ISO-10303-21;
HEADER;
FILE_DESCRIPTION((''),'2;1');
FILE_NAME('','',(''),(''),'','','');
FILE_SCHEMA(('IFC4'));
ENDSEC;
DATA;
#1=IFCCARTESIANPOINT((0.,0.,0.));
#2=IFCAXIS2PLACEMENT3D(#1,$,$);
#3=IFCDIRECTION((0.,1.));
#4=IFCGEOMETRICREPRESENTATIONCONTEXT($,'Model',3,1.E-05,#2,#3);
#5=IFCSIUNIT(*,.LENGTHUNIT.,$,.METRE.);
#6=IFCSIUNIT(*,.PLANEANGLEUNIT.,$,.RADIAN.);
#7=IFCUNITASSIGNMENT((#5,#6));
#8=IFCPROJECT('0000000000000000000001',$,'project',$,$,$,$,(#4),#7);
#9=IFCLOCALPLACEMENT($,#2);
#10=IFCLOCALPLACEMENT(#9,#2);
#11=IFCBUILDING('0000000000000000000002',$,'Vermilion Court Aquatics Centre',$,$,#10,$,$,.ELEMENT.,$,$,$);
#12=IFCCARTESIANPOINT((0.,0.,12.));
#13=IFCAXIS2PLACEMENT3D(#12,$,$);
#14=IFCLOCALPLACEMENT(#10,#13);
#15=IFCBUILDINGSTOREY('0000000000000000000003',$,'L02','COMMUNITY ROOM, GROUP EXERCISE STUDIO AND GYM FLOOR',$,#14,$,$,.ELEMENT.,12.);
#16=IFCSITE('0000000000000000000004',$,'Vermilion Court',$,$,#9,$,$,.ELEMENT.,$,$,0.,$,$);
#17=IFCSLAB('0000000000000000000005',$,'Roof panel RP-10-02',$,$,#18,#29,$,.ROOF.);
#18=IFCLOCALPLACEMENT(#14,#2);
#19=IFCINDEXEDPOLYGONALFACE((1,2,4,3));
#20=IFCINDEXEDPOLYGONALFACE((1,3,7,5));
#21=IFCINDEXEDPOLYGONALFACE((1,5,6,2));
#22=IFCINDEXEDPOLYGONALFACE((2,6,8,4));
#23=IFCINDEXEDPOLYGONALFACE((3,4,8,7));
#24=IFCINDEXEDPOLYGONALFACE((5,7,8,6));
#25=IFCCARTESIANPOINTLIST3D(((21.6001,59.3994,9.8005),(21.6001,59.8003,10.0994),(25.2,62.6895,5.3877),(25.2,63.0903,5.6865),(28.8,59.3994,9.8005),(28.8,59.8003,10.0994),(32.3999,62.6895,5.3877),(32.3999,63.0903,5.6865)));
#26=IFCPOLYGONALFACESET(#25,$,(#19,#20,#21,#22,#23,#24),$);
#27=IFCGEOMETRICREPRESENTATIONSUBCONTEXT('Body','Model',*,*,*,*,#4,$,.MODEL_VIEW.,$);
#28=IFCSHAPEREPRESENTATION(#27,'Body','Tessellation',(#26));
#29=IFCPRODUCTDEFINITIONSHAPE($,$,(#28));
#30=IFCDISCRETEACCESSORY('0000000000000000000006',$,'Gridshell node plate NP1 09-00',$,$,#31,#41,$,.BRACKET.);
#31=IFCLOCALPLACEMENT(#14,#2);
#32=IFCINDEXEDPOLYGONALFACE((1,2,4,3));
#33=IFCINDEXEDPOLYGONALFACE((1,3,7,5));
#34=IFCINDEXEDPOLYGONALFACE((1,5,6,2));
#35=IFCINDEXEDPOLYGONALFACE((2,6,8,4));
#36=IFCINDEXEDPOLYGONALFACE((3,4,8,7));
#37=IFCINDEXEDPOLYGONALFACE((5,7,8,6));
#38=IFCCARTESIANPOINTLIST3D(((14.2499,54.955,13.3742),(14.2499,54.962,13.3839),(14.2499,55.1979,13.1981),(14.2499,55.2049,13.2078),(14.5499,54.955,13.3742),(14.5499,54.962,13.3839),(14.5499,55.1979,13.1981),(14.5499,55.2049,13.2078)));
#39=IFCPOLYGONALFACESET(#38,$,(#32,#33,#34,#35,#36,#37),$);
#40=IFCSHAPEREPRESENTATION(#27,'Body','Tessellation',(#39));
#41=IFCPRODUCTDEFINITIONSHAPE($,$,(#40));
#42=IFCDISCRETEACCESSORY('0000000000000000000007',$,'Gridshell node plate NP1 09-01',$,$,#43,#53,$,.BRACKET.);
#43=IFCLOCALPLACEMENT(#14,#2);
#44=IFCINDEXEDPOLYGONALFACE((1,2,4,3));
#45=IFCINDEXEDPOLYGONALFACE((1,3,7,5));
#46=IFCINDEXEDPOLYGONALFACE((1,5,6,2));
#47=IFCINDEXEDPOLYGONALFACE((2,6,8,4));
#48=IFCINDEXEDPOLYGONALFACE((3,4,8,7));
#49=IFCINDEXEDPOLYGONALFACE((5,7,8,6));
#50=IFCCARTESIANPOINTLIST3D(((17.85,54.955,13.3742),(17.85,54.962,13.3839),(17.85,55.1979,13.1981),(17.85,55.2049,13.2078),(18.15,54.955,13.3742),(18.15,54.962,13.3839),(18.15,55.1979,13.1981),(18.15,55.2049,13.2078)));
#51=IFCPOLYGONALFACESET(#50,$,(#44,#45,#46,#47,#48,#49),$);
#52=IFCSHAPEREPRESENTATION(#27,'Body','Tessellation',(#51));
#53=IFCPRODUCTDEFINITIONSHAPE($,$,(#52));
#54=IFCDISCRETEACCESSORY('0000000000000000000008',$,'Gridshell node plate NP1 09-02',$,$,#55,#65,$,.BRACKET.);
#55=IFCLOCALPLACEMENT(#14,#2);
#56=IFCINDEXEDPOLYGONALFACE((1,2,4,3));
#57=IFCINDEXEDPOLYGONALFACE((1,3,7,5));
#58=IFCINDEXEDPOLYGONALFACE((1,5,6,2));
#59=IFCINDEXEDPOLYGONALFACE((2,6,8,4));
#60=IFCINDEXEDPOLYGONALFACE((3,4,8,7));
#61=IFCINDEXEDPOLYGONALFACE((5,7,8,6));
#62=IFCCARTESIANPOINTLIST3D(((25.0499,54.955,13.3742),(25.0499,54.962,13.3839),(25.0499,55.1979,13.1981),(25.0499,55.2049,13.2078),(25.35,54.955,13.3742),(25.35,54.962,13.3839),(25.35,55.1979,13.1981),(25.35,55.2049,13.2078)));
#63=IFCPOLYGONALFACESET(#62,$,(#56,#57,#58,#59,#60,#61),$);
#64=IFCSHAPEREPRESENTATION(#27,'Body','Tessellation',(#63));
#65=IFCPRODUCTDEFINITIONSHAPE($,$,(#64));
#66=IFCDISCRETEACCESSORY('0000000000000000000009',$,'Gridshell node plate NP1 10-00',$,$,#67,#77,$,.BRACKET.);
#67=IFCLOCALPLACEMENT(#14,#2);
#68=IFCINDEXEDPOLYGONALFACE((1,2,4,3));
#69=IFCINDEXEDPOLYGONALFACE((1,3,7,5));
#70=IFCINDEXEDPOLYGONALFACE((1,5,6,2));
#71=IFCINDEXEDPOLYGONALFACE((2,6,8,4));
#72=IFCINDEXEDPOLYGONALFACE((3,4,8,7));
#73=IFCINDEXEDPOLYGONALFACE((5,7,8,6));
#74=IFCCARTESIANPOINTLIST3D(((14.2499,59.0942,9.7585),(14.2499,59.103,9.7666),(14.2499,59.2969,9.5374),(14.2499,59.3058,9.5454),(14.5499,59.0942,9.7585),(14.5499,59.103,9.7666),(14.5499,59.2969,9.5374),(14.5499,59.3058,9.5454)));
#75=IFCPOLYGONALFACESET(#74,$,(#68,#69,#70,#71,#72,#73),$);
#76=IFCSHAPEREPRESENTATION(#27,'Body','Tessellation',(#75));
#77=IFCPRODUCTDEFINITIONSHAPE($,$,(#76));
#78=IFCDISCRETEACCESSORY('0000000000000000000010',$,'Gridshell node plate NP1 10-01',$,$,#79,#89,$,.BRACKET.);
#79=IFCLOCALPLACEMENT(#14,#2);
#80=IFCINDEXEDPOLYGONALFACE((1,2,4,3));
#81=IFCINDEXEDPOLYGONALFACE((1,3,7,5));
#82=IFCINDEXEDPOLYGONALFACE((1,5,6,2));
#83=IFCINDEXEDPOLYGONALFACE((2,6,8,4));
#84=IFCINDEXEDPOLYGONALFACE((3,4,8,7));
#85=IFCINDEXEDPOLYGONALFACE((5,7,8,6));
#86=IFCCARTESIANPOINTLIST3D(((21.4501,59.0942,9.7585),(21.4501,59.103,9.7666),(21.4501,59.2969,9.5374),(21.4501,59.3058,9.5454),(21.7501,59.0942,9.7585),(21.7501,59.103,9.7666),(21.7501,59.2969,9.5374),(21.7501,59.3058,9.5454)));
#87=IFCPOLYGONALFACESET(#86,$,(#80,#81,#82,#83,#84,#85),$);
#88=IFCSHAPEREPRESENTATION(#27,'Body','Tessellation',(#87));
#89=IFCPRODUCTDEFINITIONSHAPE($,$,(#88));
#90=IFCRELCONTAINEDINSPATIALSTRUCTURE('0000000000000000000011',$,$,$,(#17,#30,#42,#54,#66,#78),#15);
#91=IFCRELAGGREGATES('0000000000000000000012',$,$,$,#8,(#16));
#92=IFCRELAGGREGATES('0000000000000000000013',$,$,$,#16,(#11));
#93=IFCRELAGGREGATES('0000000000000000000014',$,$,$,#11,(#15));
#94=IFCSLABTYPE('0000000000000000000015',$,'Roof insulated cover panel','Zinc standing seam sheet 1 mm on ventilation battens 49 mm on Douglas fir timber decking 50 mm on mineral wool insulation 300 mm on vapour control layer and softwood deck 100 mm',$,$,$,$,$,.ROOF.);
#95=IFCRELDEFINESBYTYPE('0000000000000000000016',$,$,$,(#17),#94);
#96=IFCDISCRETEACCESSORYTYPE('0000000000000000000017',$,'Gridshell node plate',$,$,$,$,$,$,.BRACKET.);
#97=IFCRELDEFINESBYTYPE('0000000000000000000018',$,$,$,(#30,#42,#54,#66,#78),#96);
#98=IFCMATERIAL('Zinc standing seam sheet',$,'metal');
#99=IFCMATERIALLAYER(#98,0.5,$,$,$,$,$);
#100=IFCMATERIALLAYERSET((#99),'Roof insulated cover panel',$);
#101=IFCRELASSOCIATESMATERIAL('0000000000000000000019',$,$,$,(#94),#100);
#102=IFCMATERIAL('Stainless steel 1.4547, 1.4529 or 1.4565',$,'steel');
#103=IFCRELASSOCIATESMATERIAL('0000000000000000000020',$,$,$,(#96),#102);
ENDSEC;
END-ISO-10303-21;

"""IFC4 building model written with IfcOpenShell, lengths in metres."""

from ifc_helpers import new_model, si_unit, direction, frame, origin, origin_2d, place, context, subcontext, project, spatial, polyline, rectangle, outline, extrude, material, layer, layer_set, material_profile, profile_set, type_object, element, save


model = new_model("IFC4")

# Units and contexts
model_context = context("Model", 3, precision=1e-05, world=origin(), true_north=direction((0.0, 1.0)))
body_context = subcontext(model_context, "Body", "Model", "MODEL_VIEW")
ifc_project = project(units=[si_unit("LENGTHUNIT", "METRE"), si_unit("PLANEANGLEUNIT", "RADIAN")], contexts=[model_context])

# Site, building, storey
site_placement = place(None, origin())
site = spatial("IfcSite", under=ifc_project, at=site_placement, Name="Vermilion Court", CompositionType="ELEMENT", RefElevation=0.0)
building_placement = place(site_placement, origin())
building = spatial("IfcBuilding", under=site, at=building_placement, Name="Vermilion Court Aquatics Centre", CompositionType="ELEMENT")
storey_placement = place(building_placement, frame((0.0, 0.0, 12.0)))
storey = spatial("IfcBuildingStorey", under=building, at=storey_placement, Name="L02", Description="COMMUNITY ROOM, GROUP EXERCISE STUDIO AND GYM FLOOR", CompositionType="ELEMENT", Elevation=12.0)

# Slab
ifc_material_1 = material(Name="Zinc standing seam sheet", Category="metal")
ifc_layer_1 = layer(ifc_material_1, 0.5)
ifc_layer_set_1 = layer_set([ifc_layer_1], Name="Roof insulated cover panel")
slab_type = type_object("IfcSlabType", Name="Roof insulated cover panel", Description="Zinc standing seam sheet 1 mm on ventilation battens 49 mm on Douglas fir timber decking 50 mm on mineral wool insulation 300 mm on vapour control layer and softwood deck 100 mm", PredefinedType="ROOF", material=ifc_layer_set_1)
slab_1_placement = place(storey_placement, frame((21.6001, 59.8003, 10.0994), z_axis=(0.0, 0.801705, 0.59772), x_axis=(1.0, 0.0, 0.0)))
element("IfcSlab", 1, at=slab_1_placement, inside=storey, type_object=slab_type, Name="Roof panel RP-10-02", PredefinedType="ROOF", context=body_context, shape_type="SweptSolid", body=[
    extrude(outline(polyline([(0.0, 0.0), (7.2, 0.0), (10.7998, 5.5043), (3.5999, 5.5043), (0.0, 0.0)])), origin(), (0.0, 0.0, -1.0), 0.5),
])

# Discrete accessories
ifc_material_2 = material(Name="Stainless steel 1.4547, 1.4529 or 1.4565", Category="steel")
ifc_material_profile_1 = material_profile(ifc_material_2, rectangle(XDim=0.3, YDim=0.3, at=origin_2d()), Name="PL 12 x 300 x 300")
ifc_profile_set_1 = profile_set([ifc_material_profile_1], Name="Stainless steel 1.4547, 1.4529 or 1.4565")
discrete_accessory_type = type_object("IfcDiscreteAccessoryType", Name="Gridshell node plate", PredefinedType="BRACKET", material=ifc_profile_set_1)
for number, where, z_axis, x_axis, name in (
    (2, (14.3999, 55.0764, 13.2861), (0.0, 0.586968, 0.80961), (-1.0, 0.0, 0.0), "Gridshell node plate NP1 09-00"),
    (3, (18.0, 55.0764, 13.2861), (0.0, 0.586968, 0.80961), (-1.0, 0.0, 0.0), "Gridshell node plate NP1 09-01"),
    (4, (25.2, 55.0764, 13.2861), (0.0, 0.586968, 0.80961), (-1.0, 0.0, 0.0), "Gridshell node plate NP1 09-02"),
    (5, (14.3999, 59.1956, 9.6479), (0.0, 0.737154, 0.675725), (-1.0, 0.0, 0.0), "Gridshell node plate NP1 10-00"),
    (6, (21.6001, 59.1956, 9.6479), (0.0, 0.737154, 0.675725), (-1.0, 0.0, 0.0), "Gridshell node plate NP1 10-01"),
):
    element("IfcDiscreteAccessory", number, at=place(storey_placement, frame(where, z_axis=z_axis, x_axis=x_axis)), inside=storey, type_object=discrete_accessory_type, Name=name, PredefinedType="BRACKET", context=body_context, shape_type="SweptSolid", body=[
        extrude(rectangle(XDim=0.3, YDim=0.3, at=origin_2d()), origin(), (0.0, 0.0, 1.0), 0.012),
    ])

save(model, "model.ifc")
